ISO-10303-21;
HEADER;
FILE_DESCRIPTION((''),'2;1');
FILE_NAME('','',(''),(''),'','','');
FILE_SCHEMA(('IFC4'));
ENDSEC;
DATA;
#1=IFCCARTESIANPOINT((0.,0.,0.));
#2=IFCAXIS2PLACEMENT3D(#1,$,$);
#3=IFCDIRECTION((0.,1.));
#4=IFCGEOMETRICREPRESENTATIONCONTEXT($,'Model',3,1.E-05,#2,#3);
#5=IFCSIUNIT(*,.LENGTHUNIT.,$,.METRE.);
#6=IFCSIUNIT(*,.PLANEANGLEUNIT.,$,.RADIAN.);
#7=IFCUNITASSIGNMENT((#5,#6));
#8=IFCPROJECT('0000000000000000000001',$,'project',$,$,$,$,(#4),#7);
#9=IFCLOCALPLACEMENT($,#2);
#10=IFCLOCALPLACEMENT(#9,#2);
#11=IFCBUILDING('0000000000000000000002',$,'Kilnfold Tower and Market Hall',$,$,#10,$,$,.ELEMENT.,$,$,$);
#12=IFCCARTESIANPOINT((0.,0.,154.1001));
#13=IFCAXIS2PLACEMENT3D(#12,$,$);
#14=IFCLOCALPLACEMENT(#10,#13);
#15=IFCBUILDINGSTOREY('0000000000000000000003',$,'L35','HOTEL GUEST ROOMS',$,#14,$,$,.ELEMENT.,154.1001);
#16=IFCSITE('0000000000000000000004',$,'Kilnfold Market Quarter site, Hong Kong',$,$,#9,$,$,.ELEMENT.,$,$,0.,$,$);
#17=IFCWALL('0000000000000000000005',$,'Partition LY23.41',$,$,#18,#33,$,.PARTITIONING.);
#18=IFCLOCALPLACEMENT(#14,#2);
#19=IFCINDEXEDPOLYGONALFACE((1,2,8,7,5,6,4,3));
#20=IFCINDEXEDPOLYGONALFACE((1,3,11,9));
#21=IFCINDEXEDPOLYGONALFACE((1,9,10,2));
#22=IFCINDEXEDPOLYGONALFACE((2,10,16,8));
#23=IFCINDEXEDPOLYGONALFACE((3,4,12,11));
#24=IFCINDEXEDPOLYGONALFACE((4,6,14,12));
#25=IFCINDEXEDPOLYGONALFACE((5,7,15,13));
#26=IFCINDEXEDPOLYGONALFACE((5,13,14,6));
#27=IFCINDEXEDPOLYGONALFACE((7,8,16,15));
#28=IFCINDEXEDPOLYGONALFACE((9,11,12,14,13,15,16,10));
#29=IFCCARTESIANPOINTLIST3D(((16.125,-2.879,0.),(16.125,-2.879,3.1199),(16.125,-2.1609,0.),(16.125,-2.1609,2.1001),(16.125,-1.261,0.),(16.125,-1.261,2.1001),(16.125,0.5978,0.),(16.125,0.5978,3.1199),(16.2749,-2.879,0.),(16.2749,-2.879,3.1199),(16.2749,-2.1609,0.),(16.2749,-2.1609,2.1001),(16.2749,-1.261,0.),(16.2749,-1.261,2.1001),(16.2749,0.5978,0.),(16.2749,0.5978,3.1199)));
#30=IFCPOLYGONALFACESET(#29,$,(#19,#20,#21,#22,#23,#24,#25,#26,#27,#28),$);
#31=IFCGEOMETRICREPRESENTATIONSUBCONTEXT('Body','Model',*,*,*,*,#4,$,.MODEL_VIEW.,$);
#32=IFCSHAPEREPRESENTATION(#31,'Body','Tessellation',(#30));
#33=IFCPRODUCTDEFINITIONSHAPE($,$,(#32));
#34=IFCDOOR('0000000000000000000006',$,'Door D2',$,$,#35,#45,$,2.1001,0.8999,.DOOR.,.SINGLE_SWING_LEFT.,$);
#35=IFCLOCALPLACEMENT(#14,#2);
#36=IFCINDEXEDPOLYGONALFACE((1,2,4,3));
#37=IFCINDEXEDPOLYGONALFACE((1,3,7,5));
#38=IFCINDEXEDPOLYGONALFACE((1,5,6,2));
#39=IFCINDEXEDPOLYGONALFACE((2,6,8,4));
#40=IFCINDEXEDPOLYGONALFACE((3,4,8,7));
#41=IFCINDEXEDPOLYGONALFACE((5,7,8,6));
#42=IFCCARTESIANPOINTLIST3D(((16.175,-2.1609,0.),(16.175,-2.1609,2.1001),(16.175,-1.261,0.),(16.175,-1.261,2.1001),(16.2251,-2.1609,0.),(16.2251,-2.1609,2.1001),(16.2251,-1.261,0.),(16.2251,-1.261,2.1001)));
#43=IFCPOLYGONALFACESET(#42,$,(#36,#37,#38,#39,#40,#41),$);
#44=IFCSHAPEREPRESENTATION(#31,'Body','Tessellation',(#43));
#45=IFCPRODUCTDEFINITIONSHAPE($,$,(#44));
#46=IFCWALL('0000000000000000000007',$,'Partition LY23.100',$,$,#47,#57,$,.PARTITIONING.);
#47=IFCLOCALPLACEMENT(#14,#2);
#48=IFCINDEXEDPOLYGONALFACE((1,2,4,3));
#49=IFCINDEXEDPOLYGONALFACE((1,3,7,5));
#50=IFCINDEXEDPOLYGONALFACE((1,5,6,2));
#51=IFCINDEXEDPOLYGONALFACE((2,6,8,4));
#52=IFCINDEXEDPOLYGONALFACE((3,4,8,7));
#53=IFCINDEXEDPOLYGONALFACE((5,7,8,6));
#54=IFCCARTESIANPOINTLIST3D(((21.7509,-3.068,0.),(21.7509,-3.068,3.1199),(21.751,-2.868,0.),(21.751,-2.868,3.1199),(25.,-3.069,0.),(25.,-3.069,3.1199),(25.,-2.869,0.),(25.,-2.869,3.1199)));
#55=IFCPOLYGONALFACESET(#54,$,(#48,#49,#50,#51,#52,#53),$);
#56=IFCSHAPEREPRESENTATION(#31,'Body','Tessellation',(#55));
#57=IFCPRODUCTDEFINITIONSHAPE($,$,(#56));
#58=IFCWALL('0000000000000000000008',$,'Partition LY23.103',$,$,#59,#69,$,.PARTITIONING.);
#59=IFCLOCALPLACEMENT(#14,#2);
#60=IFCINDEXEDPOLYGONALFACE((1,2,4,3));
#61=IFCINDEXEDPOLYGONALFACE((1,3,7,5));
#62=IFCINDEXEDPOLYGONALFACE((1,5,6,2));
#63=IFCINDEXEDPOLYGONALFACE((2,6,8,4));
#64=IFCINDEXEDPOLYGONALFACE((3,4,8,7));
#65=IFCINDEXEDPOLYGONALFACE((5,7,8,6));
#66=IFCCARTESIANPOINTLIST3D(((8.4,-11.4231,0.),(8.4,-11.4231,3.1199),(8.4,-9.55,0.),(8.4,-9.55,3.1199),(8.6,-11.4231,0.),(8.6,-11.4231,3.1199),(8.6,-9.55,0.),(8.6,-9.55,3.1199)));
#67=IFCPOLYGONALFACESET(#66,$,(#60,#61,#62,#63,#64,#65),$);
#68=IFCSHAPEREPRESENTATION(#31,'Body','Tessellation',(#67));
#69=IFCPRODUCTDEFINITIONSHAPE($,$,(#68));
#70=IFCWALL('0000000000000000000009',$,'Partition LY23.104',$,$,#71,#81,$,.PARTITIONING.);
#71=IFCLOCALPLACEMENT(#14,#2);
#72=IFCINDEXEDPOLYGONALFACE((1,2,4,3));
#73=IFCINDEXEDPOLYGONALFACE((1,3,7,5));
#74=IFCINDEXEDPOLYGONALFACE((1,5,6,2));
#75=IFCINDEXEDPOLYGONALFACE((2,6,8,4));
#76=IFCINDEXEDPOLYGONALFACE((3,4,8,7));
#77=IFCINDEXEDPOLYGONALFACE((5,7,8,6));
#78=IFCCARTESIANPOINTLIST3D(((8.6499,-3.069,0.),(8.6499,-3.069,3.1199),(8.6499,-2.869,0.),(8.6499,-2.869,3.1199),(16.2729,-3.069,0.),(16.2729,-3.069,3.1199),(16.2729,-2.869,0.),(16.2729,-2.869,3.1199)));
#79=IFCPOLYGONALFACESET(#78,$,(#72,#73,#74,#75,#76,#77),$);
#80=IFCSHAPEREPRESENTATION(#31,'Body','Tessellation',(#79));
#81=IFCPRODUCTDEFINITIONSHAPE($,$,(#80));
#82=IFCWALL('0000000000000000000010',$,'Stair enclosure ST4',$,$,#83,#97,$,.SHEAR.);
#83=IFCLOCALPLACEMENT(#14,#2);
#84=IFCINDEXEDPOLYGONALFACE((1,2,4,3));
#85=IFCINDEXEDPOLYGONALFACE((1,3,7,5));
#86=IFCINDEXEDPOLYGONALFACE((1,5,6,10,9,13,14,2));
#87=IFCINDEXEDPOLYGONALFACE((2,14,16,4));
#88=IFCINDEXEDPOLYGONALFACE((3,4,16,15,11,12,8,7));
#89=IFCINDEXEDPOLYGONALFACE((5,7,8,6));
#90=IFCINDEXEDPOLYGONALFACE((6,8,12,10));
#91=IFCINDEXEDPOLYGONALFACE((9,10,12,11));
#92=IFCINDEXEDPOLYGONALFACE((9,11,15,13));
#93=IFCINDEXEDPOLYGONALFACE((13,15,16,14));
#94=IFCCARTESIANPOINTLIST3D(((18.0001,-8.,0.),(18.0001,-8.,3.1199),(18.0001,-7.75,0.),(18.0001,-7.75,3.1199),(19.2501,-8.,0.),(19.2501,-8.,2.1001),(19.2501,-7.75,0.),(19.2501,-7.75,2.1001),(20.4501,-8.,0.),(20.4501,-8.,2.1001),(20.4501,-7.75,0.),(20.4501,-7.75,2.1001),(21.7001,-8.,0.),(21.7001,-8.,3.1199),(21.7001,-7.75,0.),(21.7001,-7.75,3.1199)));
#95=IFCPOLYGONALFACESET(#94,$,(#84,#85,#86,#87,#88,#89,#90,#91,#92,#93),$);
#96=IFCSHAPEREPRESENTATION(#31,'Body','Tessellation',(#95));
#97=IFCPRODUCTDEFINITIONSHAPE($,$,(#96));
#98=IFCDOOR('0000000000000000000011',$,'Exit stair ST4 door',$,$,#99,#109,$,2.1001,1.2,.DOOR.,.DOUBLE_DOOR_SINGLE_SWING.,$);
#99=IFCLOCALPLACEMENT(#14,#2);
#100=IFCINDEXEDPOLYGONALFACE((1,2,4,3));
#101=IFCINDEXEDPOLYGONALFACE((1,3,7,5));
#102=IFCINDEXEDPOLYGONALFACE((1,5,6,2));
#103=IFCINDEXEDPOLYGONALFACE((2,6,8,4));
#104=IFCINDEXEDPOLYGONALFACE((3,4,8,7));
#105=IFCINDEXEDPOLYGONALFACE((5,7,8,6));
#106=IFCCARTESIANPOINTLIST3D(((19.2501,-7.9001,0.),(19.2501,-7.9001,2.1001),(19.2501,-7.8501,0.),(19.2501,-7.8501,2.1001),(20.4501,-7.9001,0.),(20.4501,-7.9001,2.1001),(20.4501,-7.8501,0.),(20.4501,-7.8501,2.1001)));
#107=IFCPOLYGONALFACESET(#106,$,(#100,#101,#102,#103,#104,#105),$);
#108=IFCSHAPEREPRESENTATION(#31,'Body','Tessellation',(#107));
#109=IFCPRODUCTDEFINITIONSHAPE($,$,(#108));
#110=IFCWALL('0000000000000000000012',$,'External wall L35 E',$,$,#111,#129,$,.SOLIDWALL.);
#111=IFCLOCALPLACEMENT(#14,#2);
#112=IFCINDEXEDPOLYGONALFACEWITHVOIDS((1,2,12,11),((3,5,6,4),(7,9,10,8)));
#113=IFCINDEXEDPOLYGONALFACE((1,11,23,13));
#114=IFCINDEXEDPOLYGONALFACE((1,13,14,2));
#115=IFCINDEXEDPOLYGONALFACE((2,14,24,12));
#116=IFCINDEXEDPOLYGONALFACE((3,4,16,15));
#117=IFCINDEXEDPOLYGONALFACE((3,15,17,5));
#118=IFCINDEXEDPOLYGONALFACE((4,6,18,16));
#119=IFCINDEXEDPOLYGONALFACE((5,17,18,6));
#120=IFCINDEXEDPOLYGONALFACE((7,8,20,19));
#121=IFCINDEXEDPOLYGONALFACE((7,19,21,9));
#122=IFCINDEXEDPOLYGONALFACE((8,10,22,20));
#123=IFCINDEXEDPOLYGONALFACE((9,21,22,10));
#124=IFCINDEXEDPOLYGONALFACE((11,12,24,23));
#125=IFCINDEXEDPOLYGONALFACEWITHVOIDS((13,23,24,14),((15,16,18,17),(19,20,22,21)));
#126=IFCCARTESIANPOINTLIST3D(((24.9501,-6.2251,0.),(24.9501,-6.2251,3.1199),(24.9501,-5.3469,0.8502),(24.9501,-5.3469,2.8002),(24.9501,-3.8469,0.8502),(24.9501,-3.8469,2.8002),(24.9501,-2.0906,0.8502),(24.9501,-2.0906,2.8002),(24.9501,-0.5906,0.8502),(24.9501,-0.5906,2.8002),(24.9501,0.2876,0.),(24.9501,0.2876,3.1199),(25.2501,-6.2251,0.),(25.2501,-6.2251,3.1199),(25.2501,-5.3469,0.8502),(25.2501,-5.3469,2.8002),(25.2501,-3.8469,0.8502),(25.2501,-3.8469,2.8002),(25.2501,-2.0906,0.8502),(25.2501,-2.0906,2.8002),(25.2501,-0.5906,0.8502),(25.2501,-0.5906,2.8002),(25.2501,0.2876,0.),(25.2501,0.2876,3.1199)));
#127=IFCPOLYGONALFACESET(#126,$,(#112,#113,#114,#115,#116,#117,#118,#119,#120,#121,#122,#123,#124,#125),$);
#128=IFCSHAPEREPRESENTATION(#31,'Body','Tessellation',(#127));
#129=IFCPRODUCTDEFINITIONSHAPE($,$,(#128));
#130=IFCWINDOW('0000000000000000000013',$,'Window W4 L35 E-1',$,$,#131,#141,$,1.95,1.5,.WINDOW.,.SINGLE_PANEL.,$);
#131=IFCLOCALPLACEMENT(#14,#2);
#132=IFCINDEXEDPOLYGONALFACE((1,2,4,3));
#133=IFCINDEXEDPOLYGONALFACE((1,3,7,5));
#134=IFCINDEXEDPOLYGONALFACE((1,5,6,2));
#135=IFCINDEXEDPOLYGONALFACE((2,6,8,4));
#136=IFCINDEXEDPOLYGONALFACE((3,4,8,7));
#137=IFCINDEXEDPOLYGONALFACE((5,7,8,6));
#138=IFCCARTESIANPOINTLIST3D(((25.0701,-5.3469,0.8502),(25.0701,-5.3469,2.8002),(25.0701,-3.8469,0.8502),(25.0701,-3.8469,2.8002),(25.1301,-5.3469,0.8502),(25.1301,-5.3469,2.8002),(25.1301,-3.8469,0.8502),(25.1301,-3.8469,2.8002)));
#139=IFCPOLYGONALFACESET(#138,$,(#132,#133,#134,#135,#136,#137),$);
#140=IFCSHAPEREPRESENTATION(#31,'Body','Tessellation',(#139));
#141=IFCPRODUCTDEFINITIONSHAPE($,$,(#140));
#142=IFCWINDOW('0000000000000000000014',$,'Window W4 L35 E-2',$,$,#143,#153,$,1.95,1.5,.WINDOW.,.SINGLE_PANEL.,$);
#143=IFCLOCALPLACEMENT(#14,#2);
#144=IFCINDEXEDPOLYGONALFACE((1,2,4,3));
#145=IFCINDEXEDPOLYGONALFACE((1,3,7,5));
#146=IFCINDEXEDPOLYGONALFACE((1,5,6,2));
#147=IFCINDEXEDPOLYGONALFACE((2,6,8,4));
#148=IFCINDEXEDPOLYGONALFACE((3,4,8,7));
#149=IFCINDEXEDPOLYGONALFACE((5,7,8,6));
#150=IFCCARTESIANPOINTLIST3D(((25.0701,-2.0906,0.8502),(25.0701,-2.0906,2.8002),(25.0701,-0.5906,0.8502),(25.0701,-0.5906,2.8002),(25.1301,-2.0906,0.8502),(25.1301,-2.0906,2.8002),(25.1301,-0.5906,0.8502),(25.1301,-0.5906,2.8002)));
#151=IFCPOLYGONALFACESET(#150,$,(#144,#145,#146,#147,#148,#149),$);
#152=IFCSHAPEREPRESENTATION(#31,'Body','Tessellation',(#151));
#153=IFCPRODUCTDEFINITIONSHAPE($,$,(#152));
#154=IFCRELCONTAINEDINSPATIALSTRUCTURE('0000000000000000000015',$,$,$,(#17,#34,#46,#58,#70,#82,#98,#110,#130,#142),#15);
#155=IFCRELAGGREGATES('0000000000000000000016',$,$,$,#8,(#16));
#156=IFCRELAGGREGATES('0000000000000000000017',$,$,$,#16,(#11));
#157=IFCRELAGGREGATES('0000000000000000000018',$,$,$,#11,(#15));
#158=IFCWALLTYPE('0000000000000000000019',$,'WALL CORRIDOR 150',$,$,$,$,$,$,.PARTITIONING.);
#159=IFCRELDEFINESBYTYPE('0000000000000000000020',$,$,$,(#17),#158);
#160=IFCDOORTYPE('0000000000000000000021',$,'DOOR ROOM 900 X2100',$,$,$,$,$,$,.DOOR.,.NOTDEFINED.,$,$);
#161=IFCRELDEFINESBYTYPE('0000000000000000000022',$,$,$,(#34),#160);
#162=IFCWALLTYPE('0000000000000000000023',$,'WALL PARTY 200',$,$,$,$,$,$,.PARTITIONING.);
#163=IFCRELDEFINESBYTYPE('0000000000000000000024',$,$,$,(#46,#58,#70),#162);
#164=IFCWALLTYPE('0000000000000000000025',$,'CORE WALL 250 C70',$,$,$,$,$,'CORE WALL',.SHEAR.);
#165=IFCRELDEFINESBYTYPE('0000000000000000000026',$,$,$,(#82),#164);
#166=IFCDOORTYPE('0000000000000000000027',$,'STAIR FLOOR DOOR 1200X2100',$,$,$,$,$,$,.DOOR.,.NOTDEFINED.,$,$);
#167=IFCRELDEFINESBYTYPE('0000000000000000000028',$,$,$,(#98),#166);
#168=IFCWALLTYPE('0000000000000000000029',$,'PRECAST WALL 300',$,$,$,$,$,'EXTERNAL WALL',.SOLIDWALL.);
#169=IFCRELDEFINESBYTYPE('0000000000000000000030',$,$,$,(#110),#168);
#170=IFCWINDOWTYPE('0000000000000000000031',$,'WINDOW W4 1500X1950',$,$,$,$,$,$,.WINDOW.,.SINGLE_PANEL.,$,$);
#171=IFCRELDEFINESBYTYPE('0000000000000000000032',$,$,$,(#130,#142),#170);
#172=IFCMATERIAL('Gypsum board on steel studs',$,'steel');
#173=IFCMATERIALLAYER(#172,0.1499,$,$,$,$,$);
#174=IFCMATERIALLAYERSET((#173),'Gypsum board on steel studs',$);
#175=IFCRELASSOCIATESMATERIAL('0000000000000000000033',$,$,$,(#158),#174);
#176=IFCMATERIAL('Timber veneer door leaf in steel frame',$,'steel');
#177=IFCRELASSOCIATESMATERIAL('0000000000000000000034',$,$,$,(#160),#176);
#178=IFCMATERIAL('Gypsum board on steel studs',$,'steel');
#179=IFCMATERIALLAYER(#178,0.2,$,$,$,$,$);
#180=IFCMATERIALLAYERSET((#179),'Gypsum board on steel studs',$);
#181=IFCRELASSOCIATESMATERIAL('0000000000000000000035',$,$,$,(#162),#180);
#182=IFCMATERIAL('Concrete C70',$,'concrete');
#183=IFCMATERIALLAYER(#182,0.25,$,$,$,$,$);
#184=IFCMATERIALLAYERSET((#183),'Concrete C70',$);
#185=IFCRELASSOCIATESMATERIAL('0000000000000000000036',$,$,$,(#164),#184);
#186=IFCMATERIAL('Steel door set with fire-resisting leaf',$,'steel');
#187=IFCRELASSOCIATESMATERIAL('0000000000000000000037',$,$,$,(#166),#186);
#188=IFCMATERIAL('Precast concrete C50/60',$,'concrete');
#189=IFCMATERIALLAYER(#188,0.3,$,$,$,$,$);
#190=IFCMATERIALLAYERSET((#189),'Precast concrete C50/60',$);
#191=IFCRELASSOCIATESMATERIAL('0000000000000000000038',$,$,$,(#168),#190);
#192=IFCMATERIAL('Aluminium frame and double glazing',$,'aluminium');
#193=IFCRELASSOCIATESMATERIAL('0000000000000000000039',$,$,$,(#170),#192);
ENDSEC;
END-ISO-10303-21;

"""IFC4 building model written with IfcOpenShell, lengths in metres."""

from ifc_helpers import new_model, si_unit, direction, frame, frame_2d, origin, place, context, subcontext, project, spatial, rectangle, extrude, source, transform, mapped, material, layer, layer_set, type_object, element, fill, save


model = new_model("IFC4")

# Units and contexts
model_context = context("Model", 3, precision=1e-05, world=origin(), true_north=direction((0.0, 1.0)))
body_context = subcontext(model_context, "Body", "Model", "MODEL_VIEW")
ifc_project = project(units=[si_unit("LENGTHUNIT", "METRE"), si_unit("PLANEANGLEUNIT", "RADIAN")], contexts=[model_context])

# Site, building, storey
site_placement = place(None, origin())
site = spatial("IfcSite", under=ifc_project, at=site_placement, Name="Kilnfold Market Quarter site, Hong Kong", CompositionType="ELEMENT", RefElevation=0.0)
building_placement = place(site_placement, origin())
building = spatial("IfcBuilding", under=site, at=building_placement, Name="Kilnfold Tower and Market Hall", CompositionType="ELEMENT")
storey_placement = place(building_placement, frame((0.0, 0.0, 154.1001)))
storey = spatial("IfcBuildingStorey", under=building, at=storey_placement, Name="L35", Description="HOTEL GUEST ROOMS", CompositionType="ELEMENT", Elevation=154.1001)

# Shared definitions
ifc_material_1 = material(Name="Gypsum board on steel studs", Category="steel")
ifc_layer_1 = layer(ifc_material_1, 0.1499)
ifc_layer_set_1 = layer_set([ifc_layer_1], Name="Gypsum board on steel studs")
wall_type_1 = type_object("IfcWallType", Name="WALL CORRIDOR 150", PredefinedType="PARTITIONING", material=ifc_layer_set_1)
ifc_material_2 = material(Name="Timber veneer door leaf in steel frame", Category="steel")
door_type_1 = type_object("IfcDoorType", Name="DOOR ROOM 900 X2100", OperationType="NOTDEFINED", PredefinedType="DOOR", material=ifc_material_2)

# Wall, opening, door
wall_1_placement = place(storey_placement, frame((16.2, -2.8789, 0.0), z_axis=(0.0, 0.0, 1.0), x_axis=(0.0, 1.0, 0.0)))
wall_1 = element("IfcWall", 1, at=wall_1_placement, inside=storey, type_object=wall_type_1, Name="Partition LY23.41", PredefinedType="PARTITIONING", context=body_context, shape_type="SweptSolid", body=[
    extrude(rectangle(XDim=3.4768, YDim=0.1499, at=frame_2d((1.7383, 0.0))), origin(), (0.0, 0.0, 1.0), 3.1199),
])
opening_1_placement = place(wall_1_placement, frame((0.718, 0.0, 0.0)))
opening_1 = element("IfcOpeningElement", 2, at=opening_1_placement, cuts=wall_1, PredefinedType="OPENING", context=body_context, shape_type="SweptSolid", body=[
    extrude(rectangle(XDim=0.8999, YDim=2.1001, at=frame_2d((0.45, 1.05))), frame((0.0, 0.085, 0.0), z_axis=(0.0, -1.0, 0.0), x_axis=(1.0, 0.0, 0.0)), (0.0, 0.0, 1.0), 0.1699),
])
door_1_placement = place(opening_1_placement, origin())
door_1 = element("IfcDoor", 3, at=door_1_placement, inside=storey, type_object=door_type_1, Name="Door D2", OperationType="SINGLE_SWING_LEFT", OverallHeight=2.1001, OverallWidth=0.8999, PredefinedType="DOOR", context=body_context, shape_type="SweptSolid", body=[
    extrude(rectangle(XDim=0.8999, YDim=2.1001, at=frame_2d((0.45, 1.05))), frame((0.0, 0.0249, 0.0), z_axis=(0.0, -1.0, 0.0), x_axis=(1.0, 0.0, 0.0)), (0.0, 0.0, 1.0), 0.05),
])
fill(opening_1, door_1)

# Walls
ifc_material_3 = material(Name="Gypsum board on steel studs", Category="steel")
ifc_layer_2 = layer(ifc_material_3, 0.2)
ifc_layer_set_2 = layer_set([ifc_layer_2], Name="Gypsum board on steel studs")
wall_type_2 = type_object("IfcWallType", Name="WALL PARTY 200", PredefinedType="PARTITIONING", material=ifc_layer_set_2)
wall_2_placement = place(storey_placement, frame((21.751, -2.968, 0.0), z_axis=(0.0, 0.0, 1.0), x_axis=(1.0, -0.000301, 0.0)))
element("IfcWall", 4, at=wall_2_placement, inside=storey, type_object=wall_type_2, Name="Partition LY23.100", PredefinedType="PARTITIONING", context=body_context, shape_type="SweptSolid", body=[
    extrude(rectangle(XDim=3.249, YDim=0.2, at=frame_2d((1.6245, 0.0))), origin(), (0.0, 0.0, 1.0), 3.1199),
])
wall_3_placement = place(storey_placement, frame((8.5, -11.4231, 0.0), z_axis=(0.0, 0.0, 1.0), x_axis=(0.0, 1.0, 0.0)))
element("IfcWall", 5, at=wall_3_placement, inside=storey, type_object=wall_type_2, Name="Partition LY23.103", PredefinedType="PARTITIONING", context=body_context, shape_type="SweptSolid", body=[
    extrude(rectangle(XDim=1.873, YDim=0.2, at=frame_2d((0.9365, 0.0))), origin(), (0.0, 0.0, 1.0), 3.1199),
])
wall_4_placement = place(storey_placement, frame((8.6499, -2.969, 0.0), z_axis=(0.0, 0.0, 1.0), x_axis=(1.0, 0.0, 0.0)))
element("IfcWall", 6, at=wall_4_placement, inside=storey, type_object=wall_type_2, Name="Partition LY23.104", PredefinedType="PARTITIONING", context=body_context, shape_type="SweptSolid", body=[
    extrude(rectangle(XDim=7.623, YDim=0.2, at=frame_2d((3.8115, 0.0))), origin(), (0.0, 0.0, 1.0), 3.1199),
])

# Wall, opening, door
ifc_material_4 = material(Name="Concrete C70", Category="concrete")
ifc_layer_3 = layer(ifc_material_4, 0.25)
ifc_layer_set_3 = layer_set([ifc_layer_3], Name="Concrete C70")
wall_type_3 = type_object("IfcWallType", Name="CORE WALL 250 C70", ElementType="CORE WALL", PredefinedType="SHEAR", material=ifc_layer_set_3)
shared_shape_1 = source(origin(), body_context, "Body", "SweptSolid", [
    extrude(rectangle(XDim=3.7, YDim=0.25, at=frame_2d((1.8501, 0.0))), origin(), (0.0, 0.0, 1.0), 3.1199),
])
wall_5_placement = place(storey_placement, frame((18.0, -7.875, 0.0), z_axis=(0.0, 0.0, 1.0), x_axis=(1.0, 0.0, 0.0)))
wall_5 = element("IfcWall", 7, at=wall_5_placement, inside=storey, type_object=wall_type_3, Name="Stair enclosure ST4", PredefinedType="SHEAR", context=body_context, shape_type="MappedRepresentation", body=[
    mapped(shared_shape_1, transform((0.0, 0.0, 0.0))),
])
opening_2_placement = place(wall_5_placement, frame((1.25, 0.0, 0.0)))
opening_2 = element("IfcOpeningElement", 8, at=opening_2_placement, cuts=wall_5, PredefinedType="OPENING", context=body_context, shape_type="SweptSolid", body=[
    extrude(rectangle(XDim=1.2, YDim=2.1001, at=frame_2d((0.6001, 1.05))), frame((0.0, 0.135, 0.0), z_axis=(0.0, -1.0, 0.0), x_axis=(1.0, 0.0, 0.0)), (0.0, 0.0, 1.0), 0.27),
])
ifc_material_5 = material(Name="Steel door set with fire-resisting leaf", Category="steel")
door_type_2 = type_object("IfcDoorType", Name="STAIR FLOOR DOOR 1200X2100", OperationType="NOTDEFINED", PredefinedType="DOOR", material=ifc_material_5)
door_2_placement = place(opening_2_placement, origin())
door_2 = element("IfcDoor", 9, at=door_2_placement, inside=storey, type_object=door_type_2, Name="Exit stair ST4 door", OperationType="DOUBLE_DOOR_SINGLE_SWING", OverallHeight=2.1001, OverallWidth=1.2, PredefinedType="DOOR", context=body_context, shape_type="SweptSolid", body=[
    extrude(rectangle(XDim=1.2, YDim=2.1001, at=frame_2d((0.6001, 1.05))), frame((0.0, 0.0249, 0.0), z_axis=(0.0, -1.0, 0.0), x_axis=(1.0, 0.0, 0.0)), (0.0, 0.0, 1.0), 0.05),
])
fill(opening_2, door_2)

# Wall, openings, windows
ifc_material_6 = material(Name="Precast concrete C50/60", Category="concrete")
ifc_layer_4 = layer(ifc_material_6, 0.3)
ifc_layer_set_4 = layer_set([ifc_layer_4], Name="Precast concrete C50/60")
wall_type_4 = type_object("IfcWallType", Name="PRECAST WALL 300", ElementType="EXTERNAL WALL", PredefinedType="SOLIDWALL", material=ifc_layer_set_4)
shared_shape_2 = source(origin(), body_context, "Body", "SweptSolid", [
    extrude(rectangle(XDim=6.5127, YDim=0.3, at=frame_2d((3.2563, 0.0))), origin(), (0.0, 0.0, 1.0), 3.1199),
])
wall_6_placement = place(storey_placement, frame((25.1001, -6.2251, 0.0), z_axis=(0.0, 0.0, 1.0), x_axis=(0.0, 1.0, 0.0)))
wall_6 = element("IfcWall", 10, at=wall_6_placement, inside=storey, type_object=wall_type_4, Name="External wall L35 E", PredefinedType="SOLIDWALL", context=body_context, shape_type="MappedRepresentation", body=[
    mapped(shared_shape_2, transform((0.0, 0.0, 0.0))),
])
opening_3_placement = place(wall_6_placement, frame((0.8782, 0.0, 0.8501)))
opening_3 = element("IfcOpeningElement", 11, at=opening_3_placement, cuts=wall_6, PredefinedType="OPENING", context=body_context, shape_type="SweptSolid", body=[
    extrude(rectangle(XDim=1.5, YDim=1.95, at=frame_2d((0.75, 0.9751))), frame((0.0, 0.1602, 0.0), z_axis=(0.0, -1.0, 0.0), x_axis=(1.0, 0.0, 0.0)), (0.0, 0.0, 1.0), 0.3201),
])
opening_4_placement = place(wall_6_placement, frame((4.1345, 0.0, 0.8501)))
opening_4 = element("IfcOpeningElement", 12, at=opening_4_placement, cuts=wall_6, PredefinedType="OPENING", context=body_context, shape_type="SweptSolid", body=[
    extrude(rectangle(XDim=1.5, YDim=1.95, at=frame_2d((0.75, 0.9751))), frame((0.0, 0.1602, 0.0), z_axis=(0.0, -1.0, 0.0), x_axis=(1.0, 0.0, 0.0)), (0.0, 0.0, 1.0), 0.3201),
])
ifc_material_7 = material(Name="Aluminium frame and double glazing", Category="aluminium")
window_type = type_object("IfcWindowType", Name="WINDOW W4 1500X1950", PartitioningType="SINGLE_PANEL", PredefinedType="WINDOW", material=ifc_material_7)
window_1_placement = place(opening_3_placement, origin())
window_1 = element("IfcWindow", 13, at=window_1_placement, inside=storey, type_object=window_type, Name="Window W4 L35 E-1", OverallHeight=1.95, OverallWidth=1.5, PartitioningType="SINGLE_PANEL", PredefinedType="WINDOW", context=body_context, shape_type="SweptSolid", body=[
    extrude(rectangle(XDim=1.5, YDim=1.95, at=frame_2d((0.75, 0.9751))), frame((0.0, 0.03, 0.0), z_axis=(0.0, -1.0, 0.0), x_axis=(1.0, 0.0, 0.0)), (0.0, 0.0, 1.0), 0.0601),
])
fill(opening_3, window_1)
window_2_placement = place(opening_4_placement, origin())
window_2 = element("IfcWindow", 14, at=window_2_placement, inside=storey, type_object=window_type, Name="Window W4 L35 E-2", OverallHeight=1.95, OverallWidth=1.5, PartitioningType="SINGLE_PANEL", PredefinedType="WINDOW", context=body_context, shape_type="SweptSolid", body=[
    extrude(rectangle(XDim=1.5, YDim=1.95, at=frame_2d((0.75, 0.9751))), frame((0.0, 0.03, 0.0), z_axis=(0.0, -1.0, 0.0), x_axis=(1.0, 0.0, 0.0)), (0.0, 0.0, 1.0), 0.0601),
])
fill(opening_4, window_2)

save(model, "model.ifc")
